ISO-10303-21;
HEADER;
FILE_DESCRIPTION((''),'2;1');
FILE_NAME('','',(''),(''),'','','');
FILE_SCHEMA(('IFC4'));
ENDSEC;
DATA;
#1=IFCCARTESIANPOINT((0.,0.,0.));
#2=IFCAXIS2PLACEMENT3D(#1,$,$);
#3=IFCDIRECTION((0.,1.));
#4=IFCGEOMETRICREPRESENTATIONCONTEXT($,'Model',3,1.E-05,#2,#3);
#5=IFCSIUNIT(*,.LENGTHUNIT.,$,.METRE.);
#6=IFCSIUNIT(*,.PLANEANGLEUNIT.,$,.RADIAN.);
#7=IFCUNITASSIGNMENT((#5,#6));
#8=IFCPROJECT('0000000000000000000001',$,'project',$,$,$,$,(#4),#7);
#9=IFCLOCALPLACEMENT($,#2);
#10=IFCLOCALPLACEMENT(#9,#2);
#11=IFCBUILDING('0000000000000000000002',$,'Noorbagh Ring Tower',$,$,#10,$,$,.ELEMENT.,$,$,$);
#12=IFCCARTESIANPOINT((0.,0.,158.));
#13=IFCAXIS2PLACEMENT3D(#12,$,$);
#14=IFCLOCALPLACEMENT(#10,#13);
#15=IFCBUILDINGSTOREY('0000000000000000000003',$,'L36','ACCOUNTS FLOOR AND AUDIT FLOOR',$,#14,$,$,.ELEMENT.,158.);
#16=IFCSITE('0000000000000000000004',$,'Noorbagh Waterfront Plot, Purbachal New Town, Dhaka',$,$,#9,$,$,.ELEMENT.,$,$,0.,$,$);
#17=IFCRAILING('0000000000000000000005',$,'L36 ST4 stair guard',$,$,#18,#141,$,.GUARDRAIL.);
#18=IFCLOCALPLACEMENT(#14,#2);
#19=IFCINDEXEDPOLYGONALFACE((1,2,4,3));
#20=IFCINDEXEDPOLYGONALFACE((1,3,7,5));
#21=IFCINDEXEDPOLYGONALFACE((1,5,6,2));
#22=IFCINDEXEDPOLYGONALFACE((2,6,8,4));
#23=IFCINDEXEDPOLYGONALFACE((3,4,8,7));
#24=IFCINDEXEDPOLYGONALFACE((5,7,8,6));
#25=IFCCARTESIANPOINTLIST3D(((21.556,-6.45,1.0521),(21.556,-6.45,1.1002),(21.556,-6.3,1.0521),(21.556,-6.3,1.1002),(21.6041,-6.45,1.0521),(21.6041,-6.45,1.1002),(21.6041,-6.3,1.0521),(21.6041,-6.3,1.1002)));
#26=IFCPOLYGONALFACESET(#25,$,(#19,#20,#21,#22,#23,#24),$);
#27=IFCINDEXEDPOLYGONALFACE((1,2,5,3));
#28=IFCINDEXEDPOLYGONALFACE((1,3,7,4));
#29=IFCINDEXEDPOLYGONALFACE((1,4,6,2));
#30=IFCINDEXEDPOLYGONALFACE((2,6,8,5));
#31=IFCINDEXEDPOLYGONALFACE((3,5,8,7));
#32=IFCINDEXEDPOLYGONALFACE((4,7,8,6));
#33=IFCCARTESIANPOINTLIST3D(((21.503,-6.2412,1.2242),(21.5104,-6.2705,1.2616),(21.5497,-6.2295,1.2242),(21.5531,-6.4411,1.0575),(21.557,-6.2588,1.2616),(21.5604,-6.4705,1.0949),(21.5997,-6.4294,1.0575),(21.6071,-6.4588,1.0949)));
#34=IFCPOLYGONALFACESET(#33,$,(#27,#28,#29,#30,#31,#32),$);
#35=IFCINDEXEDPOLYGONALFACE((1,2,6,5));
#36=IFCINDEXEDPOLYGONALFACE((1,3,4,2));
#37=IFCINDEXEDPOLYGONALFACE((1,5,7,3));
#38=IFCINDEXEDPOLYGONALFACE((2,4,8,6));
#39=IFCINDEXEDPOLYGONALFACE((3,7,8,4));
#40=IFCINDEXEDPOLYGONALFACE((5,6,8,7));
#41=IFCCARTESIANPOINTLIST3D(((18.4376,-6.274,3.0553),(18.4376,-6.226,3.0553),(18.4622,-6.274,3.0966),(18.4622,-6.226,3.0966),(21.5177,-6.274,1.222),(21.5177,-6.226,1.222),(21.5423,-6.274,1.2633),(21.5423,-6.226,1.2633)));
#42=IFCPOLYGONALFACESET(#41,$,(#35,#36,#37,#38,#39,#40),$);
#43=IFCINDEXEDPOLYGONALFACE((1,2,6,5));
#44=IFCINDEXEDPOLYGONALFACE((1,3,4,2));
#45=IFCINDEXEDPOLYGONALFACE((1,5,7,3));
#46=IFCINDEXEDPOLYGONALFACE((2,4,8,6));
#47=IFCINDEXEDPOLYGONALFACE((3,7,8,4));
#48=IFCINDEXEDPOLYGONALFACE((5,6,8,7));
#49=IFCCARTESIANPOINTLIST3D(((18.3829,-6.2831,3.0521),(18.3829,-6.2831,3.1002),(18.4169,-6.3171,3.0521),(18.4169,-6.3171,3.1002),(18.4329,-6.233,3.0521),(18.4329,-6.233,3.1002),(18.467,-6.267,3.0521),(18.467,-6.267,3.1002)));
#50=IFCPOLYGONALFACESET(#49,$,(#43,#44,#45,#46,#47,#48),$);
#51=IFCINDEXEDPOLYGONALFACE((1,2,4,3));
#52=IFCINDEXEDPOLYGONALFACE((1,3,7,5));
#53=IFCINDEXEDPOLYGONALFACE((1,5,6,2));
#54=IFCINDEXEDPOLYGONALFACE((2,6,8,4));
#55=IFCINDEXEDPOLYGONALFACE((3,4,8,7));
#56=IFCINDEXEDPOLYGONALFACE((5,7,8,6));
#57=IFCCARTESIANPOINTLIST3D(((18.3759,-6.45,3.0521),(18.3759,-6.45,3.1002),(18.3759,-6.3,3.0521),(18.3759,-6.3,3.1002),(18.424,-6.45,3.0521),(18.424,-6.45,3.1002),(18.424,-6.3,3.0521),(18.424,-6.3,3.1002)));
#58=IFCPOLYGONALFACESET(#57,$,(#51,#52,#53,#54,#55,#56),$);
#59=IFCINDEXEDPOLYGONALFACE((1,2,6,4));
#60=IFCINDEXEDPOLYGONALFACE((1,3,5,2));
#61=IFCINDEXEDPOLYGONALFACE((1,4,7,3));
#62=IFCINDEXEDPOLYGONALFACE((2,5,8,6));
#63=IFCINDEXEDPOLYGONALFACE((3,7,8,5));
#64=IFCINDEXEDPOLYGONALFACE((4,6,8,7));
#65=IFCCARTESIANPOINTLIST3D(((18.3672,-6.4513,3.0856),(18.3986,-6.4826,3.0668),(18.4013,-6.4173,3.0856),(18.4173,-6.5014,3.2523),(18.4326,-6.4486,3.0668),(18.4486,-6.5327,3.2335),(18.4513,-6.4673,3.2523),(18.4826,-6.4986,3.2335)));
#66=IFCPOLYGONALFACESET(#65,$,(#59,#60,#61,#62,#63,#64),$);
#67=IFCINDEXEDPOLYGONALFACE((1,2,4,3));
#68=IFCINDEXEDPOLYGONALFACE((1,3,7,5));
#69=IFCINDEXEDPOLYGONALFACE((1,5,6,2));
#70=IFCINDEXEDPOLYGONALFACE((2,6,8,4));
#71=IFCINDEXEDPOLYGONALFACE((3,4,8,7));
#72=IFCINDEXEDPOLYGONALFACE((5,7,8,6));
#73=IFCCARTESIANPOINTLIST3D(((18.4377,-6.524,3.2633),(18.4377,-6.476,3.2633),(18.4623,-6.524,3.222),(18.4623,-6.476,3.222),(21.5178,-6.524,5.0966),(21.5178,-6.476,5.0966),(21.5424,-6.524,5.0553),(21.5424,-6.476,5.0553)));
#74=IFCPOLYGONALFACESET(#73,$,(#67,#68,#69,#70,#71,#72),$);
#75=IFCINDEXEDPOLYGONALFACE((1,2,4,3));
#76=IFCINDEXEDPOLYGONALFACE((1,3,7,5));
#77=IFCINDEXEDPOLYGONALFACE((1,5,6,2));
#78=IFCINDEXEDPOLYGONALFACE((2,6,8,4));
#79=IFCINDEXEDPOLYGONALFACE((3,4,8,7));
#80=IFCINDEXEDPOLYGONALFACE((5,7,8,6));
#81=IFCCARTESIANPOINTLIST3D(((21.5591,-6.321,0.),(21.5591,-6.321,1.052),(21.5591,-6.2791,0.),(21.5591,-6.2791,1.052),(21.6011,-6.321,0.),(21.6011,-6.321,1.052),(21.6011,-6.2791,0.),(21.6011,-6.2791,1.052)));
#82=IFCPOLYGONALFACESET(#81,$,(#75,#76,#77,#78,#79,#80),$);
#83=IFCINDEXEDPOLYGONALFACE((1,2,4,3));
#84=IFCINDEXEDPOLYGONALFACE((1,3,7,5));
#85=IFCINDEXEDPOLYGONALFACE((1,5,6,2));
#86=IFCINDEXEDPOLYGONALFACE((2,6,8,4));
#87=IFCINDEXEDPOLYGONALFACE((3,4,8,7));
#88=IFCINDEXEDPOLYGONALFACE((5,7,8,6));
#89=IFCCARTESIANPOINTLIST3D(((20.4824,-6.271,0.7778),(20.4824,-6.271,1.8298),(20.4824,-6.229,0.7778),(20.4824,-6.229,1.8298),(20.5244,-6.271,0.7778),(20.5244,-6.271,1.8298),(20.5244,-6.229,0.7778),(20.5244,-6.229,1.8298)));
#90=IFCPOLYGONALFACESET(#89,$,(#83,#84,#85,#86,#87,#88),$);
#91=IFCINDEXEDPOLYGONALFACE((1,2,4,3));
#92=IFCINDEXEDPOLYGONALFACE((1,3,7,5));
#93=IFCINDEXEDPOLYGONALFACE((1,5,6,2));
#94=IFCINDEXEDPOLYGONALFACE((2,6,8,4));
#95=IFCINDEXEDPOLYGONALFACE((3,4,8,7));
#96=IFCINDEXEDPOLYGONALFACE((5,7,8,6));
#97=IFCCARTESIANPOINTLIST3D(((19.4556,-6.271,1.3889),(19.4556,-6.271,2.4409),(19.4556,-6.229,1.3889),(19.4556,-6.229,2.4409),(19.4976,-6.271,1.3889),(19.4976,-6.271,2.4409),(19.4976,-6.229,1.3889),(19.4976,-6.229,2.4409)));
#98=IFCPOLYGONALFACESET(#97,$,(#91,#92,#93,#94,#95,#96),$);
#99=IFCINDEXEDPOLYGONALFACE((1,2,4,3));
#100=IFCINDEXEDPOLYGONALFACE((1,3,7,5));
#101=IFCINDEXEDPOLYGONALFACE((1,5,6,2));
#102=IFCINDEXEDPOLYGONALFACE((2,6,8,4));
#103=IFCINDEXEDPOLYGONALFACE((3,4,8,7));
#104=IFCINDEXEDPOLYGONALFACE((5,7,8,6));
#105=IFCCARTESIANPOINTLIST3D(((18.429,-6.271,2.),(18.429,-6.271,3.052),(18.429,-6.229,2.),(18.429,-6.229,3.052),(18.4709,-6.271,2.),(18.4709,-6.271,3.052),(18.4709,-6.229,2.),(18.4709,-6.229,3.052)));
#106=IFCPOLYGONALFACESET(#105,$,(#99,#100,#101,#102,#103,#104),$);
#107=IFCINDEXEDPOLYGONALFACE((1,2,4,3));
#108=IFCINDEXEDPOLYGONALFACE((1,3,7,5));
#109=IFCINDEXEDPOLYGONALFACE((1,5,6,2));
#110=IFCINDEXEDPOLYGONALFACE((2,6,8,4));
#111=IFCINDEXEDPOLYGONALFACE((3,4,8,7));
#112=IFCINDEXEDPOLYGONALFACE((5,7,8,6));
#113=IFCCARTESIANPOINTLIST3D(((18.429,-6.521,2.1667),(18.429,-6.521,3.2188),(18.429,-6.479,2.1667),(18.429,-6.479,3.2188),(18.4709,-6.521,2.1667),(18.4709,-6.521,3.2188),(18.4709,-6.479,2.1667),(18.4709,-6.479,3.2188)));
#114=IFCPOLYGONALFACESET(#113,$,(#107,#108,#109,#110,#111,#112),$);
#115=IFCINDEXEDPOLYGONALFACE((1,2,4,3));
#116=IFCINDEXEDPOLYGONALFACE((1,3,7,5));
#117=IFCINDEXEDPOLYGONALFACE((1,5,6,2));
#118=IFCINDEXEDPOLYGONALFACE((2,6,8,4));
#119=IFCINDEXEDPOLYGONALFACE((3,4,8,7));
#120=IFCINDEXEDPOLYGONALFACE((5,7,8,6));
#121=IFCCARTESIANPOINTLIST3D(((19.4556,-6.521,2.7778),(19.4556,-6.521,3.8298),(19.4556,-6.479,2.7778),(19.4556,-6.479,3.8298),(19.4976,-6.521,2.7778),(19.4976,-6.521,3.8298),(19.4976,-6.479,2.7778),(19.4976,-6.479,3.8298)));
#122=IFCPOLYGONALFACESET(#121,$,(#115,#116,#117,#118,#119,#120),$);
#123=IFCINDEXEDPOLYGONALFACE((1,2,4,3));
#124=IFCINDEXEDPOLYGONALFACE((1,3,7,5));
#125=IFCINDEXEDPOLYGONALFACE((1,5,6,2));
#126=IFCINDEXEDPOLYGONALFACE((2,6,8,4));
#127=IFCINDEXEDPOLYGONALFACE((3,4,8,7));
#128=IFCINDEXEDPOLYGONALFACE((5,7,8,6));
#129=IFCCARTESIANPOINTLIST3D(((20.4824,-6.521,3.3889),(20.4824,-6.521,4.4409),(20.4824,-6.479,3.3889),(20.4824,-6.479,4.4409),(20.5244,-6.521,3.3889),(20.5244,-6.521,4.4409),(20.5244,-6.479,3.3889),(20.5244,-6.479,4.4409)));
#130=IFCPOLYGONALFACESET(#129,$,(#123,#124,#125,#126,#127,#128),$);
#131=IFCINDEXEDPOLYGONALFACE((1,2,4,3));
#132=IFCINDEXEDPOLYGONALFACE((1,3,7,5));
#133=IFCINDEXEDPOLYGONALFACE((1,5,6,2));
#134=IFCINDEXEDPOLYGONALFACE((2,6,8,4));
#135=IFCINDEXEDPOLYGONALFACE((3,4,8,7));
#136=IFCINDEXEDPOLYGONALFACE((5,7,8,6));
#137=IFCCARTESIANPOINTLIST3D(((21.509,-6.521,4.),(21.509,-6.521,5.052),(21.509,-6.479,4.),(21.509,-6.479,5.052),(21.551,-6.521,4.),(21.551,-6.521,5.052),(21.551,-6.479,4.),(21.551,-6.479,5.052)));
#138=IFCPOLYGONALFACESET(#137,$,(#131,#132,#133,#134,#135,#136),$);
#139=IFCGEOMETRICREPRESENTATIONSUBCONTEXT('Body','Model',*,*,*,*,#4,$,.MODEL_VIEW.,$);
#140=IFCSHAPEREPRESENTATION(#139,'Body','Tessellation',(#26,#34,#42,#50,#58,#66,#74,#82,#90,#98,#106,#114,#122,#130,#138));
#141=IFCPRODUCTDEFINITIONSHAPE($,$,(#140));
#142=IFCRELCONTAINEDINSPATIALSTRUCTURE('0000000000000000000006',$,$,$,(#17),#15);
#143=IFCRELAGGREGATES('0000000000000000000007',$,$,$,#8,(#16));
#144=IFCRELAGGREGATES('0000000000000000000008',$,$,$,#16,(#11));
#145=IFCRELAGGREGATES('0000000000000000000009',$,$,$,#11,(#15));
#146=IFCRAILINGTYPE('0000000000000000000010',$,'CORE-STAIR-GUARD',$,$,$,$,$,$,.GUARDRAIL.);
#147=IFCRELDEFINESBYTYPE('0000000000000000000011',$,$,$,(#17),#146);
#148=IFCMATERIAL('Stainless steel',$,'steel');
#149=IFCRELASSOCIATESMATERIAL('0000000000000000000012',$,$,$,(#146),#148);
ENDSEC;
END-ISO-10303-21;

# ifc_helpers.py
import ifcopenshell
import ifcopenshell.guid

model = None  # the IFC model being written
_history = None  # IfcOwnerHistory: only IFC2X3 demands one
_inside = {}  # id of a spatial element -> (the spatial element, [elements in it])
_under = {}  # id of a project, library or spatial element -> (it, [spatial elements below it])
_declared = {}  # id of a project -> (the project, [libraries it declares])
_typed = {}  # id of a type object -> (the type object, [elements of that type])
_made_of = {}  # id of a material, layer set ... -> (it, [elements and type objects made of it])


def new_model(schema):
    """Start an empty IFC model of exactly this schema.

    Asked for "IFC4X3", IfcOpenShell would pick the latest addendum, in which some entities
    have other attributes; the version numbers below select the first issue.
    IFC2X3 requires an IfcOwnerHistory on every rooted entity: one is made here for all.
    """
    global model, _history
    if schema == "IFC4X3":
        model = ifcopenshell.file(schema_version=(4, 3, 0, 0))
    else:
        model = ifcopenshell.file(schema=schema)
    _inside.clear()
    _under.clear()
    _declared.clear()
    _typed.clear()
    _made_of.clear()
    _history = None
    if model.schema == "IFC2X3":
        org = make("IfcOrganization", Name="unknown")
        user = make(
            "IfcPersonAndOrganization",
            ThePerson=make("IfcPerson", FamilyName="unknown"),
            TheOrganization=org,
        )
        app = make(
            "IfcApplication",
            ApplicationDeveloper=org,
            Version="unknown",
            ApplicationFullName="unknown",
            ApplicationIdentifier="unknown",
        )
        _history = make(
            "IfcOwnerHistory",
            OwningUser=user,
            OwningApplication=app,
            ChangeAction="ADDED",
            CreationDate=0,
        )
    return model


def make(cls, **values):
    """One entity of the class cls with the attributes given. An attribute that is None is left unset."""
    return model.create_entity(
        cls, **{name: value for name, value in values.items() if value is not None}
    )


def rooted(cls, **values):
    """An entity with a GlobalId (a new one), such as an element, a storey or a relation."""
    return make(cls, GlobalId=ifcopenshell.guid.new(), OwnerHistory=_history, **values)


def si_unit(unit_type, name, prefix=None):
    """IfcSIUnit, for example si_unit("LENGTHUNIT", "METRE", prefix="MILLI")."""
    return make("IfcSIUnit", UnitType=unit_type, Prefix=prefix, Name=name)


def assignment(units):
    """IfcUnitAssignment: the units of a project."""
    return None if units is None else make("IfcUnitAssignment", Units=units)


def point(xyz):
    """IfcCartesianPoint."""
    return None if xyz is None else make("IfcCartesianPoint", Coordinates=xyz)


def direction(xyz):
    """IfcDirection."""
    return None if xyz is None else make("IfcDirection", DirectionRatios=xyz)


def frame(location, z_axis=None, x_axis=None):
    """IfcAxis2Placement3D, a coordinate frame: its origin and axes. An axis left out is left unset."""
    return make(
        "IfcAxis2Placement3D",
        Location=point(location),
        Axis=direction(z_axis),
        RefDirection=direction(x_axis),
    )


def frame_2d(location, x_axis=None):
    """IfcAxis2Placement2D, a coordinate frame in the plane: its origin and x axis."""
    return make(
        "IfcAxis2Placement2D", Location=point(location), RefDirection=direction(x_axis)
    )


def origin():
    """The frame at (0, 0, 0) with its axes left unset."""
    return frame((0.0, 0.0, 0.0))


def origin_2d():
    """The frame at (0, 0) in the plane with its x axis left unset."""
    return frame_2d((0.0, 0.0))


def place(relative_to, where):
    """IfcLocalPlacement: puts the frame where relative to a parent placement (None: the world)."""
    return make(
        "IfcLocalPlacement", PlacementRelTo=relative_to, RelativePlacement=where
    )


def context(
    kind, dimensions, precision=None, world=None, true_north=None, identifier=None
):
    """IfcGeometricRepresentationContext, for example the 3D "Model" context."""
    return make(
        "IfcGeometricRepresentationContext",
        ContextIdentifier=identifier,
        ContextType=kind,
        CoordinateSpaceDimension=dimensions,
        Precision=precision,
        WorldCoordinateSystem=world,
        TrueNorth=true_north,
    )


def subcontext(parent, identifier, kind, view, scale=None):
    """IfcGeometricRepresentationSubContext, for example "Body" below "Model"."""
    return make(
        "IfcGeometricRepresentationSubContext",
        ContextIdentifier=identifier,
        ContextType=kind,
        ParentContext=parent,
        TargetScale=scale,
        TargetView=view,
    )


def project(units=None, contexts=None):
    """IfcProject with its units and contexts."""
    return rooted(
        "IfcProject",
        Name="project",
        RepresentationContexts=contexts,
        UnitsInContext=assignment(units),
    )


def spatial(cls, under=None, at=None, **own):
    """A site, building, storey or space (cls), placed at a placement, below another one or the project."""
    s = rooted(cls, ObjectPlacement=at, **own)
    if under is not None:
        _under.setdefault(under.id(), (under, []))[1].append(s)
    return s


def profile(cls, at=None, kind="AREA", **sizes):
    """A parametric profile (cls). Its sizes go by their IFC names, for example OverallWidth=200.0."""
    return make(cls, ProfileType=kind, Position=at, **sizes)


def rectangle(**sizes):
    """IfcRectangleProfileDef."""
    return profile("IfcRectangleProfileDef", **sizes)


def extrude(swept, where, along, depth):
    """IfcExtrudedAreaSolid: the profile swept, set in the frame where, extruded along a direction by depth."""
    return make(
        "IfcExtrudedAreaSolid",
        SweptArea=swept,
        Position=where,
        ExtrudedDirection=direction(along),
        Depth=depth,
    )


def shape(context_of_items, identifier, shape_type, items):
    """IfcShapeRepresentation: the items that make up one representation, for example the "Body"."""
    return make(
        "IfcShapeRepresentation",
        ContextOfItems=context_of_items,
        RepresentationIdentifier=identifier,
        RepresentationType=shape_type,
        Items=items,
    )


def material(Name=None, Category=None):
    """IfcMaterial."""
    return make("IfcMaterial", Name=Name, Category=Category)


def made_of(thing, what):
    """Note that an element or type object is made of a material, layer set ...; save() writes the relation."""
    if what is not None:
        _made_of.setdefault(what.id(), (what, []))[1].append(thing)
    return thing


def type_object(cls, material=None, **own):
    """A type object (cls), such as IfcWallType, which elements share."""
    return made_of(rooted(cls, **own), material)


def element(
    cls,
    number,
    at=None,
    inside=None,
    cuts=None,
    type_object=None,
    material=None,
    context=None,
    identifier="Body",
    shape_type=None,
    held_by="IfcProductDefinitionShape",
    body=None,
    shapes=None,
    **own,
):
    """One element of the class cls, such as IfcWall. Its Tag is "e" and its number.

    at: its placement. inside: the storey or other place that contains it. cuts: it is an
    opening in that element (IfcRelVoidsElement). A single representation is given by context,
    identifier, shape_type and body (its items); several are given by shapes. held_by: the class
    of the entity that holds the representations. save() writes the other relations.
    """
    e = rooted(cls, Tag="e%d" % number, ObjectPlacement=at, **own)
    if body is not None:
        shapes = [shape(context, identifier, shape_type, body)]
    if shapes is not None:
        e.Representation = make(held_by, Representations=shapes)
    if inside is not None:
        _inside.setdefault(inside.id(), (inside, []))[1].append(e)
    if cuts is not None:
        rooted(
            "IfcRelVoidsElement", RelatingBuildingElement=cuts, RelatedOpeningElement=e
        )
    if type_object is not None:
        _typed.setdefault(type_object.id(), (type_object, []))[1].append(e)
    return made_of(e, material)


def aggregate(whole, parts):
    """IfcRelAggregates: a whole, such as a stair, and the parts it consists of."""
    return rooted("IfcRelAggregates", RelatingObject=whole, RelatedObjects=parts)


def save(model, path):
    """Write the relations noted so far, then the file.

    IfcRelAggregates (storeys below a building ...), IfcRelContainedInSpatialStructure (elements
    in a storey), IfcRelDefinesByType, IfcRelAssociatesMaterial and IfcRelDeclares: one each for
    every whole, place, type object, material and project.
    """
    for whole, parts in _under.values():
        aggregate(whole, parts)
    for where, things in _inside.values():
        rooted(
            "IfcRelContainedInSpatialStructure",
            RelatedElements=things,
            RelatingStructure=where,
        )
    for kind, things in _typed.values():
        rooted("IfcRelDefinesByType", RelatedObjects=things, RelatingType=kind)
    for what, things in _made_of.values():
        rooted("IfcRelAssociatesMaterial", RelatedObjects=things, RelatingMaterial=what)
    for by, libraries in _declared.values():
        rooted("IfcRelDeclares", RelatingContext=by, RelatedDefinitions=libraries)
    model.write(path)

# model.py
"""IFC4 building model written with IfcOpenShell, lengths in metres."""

from ifc_helpers import new_model, si_unit, direction, frame, origin, origin_2d, place, context, subcontext, project, spatial, rectangle, extrude, material, type_object, element, save


model = new_model("IFC4")

# Units and contexts
model_context = context("Model", 3, precision=1e-05, world=origin(), true_north=direction((0.0, 1.0)))
body_context = subcontext(model_context, "Body", "Model", "MODEL_VIEW")
ifc_project = project(units=[si_unit("LENGTHUNIT", "METRE"), si_unit("PLANEANGLEUNIT", "RADIAN")], contexts=[model_context])

# Site, building, storey
site_placement = place(None, origin())
site = spatial("IfcSite", under=ifc_project, at=site_placement, Name="Noorbagh Waterfront Plot, Purbachal New Town, Dhaka", CompositionType="ELEMENT", RefElevation=0.0)
building_placement = place(site_placement, origin())
building = spatial("IfcBuilding", under=site, at=building_placement, Name="Noorbagh Ring Tower", CompositionType="ELEMENT")
storey_placement = place(building_placement, frame((0.0, 0.0, 158.0)))
storey = spatial("IfcBuildingStorey", under=building, at=storey_placement, Name="L36", Description="ACCOUNTS FLOOR AND AUDIT FLOOR", CompositionType="ELEMENT", Elevation=158.0)

# Railing
ifc_material_1 = material(Name="Stainless steel", Category="steel")
railing_type_1 = type_object("IfcRailingType", Name="CORE-STAIR-GUARD", PredefinedType="GUARDRAIL", material=ifc_material_1)
railing_1_placement = place(storey_placement, frame((21.5801, -6.3, 0.0)))
element("IfcRailing", 1, at=railing_1_placement, inside=storey, type_object=railing_type_1, Name="L36 ST4 stair guard", PredefinedType="GUARDRAIL", context=body_context, shape_type="SweptSolid", body=[
    extrude(rectangle(XDim=0.0481, YDim=0.0481, at=origin_2d()), frame((0.0, 0.0, 1.0762), z_axis=(0.0, -1.0, 0.0), x_axis=(1.0, 0.0, 0.0)), (0.0, 0.0, 1.0), 0.1499),
    extrude(rectangle(XDim=0.0481, YDim=0.0481, at=origin_2d()), frame((0.0, -0.1499, 1.0762), z_axis=(-0.188776, 0.754182, 0.628946), x_axis=(-0.970073, -0.242814, 0.0)), (0.0, 0.0, 1.0), 0.2651),
    extrude(rectangle(XDim=0.0481, YDim=0.0481, at=origin_2d()), frame((-0.05, 0.05, 1.2427), z_axis=(-0.859309, 0.0, 0.511458), x_axis=(0.0, -1.0, 0.0)), (0.0, 0.0, 1.0), 3.5845),
    extrude(rectangle(XDim=0.0481, YDim=0.0481, at=origin_2d()), frame((-3.1301, 0.05, 3.0762), z_axis=(-0.707107, -0.707107, 0.0), x_axis=(0.707107, -0.707107, 0.0)), (0.0, 0.0, 1.0), 0.0708),
    extrude(rectangle(XDim=0.0481, YDim=0.0481, at=origin_2d()), frame((-3.1802, 0.0, 3.0762), z_axis=(0.0, -1.0, 0.0), x_axis=(1.0, 0.0, 0.0)), (0.0, 0.0, 1.0), 0.1499),
    extrude(rectangle(XDim=0.0481, YDim=0.0481, at=origin_2d()), frame((-3.1802, -0.1499, 3.0762), z_axis=(0.276287, -0.276287, 0.920506), x_axis=(0.707107, 0.707107, 0.0)), (0.0, 0.0, 1.0), 0.1812),
    extrude(rectangle(XDim=0.0481, YDim=0.0481, at=origin_2d()), frame((-3.1301, -0.2, 3.2427), z_axis=(0.859309, 0.0, 0.511458), x_axis=(0.0, 1.0, 0.0)), (0.0, 0.0, 1.0), 3.5845),
    extrude(rectangle(XDim=0.042, YDim=0.042, at=origin_2d()), origin(), (0.0, 0.0, 1.0), 1.052),
    extrude(rectangle(XDim=0.042, YDim=0.042, at=origin_2d()), frame((-1.0767, 0.05, 0.7778)), (0.0, 0.0, 1.0), 1.052),
    extrude(rectangle(XDim=0.042, YDim=0.042, at=origin_2d()), frame((-2.1035, 0.05, 1.3889)), (0.0, 0.0, 1.0), 1.052),
    extrude(rectangle(XDim=0.042, YDim=0.042, at=origin_2d()), frame((-3.1301, 0.05, 2.0)), (0.0, 0.0, 1.0), 1.052),
    extrude(rectangle(XDim=0.042, YDim=0.042, at=origin_2d()), frame((-3.1301, -0.2, 2.1667)), (0.0, 0.0, 1.0), 1.052),
    extrude(rectangle(XDim=0.042, YDim=0.042, at=origin_2d()), frame((-2.1035, -0.2, 2.7778)), (0.0, 0.0, 1.0), 1.052),
    extrude(rectangle(XDim=0.042, YDim=0.042, at=origin_2d()), frame((-1.0767, -0.2, 3.3889)), (0.0, 0.0, 1.0), 1.052),
    extrude(rectangle(XDim=0.042, YDim=0.042, at=origin_2d()), frame((-0.05, -0.2, 4.0)), (0.0, 0.0, 1.0), 1.052),
])

save(model, "model.ifc")
